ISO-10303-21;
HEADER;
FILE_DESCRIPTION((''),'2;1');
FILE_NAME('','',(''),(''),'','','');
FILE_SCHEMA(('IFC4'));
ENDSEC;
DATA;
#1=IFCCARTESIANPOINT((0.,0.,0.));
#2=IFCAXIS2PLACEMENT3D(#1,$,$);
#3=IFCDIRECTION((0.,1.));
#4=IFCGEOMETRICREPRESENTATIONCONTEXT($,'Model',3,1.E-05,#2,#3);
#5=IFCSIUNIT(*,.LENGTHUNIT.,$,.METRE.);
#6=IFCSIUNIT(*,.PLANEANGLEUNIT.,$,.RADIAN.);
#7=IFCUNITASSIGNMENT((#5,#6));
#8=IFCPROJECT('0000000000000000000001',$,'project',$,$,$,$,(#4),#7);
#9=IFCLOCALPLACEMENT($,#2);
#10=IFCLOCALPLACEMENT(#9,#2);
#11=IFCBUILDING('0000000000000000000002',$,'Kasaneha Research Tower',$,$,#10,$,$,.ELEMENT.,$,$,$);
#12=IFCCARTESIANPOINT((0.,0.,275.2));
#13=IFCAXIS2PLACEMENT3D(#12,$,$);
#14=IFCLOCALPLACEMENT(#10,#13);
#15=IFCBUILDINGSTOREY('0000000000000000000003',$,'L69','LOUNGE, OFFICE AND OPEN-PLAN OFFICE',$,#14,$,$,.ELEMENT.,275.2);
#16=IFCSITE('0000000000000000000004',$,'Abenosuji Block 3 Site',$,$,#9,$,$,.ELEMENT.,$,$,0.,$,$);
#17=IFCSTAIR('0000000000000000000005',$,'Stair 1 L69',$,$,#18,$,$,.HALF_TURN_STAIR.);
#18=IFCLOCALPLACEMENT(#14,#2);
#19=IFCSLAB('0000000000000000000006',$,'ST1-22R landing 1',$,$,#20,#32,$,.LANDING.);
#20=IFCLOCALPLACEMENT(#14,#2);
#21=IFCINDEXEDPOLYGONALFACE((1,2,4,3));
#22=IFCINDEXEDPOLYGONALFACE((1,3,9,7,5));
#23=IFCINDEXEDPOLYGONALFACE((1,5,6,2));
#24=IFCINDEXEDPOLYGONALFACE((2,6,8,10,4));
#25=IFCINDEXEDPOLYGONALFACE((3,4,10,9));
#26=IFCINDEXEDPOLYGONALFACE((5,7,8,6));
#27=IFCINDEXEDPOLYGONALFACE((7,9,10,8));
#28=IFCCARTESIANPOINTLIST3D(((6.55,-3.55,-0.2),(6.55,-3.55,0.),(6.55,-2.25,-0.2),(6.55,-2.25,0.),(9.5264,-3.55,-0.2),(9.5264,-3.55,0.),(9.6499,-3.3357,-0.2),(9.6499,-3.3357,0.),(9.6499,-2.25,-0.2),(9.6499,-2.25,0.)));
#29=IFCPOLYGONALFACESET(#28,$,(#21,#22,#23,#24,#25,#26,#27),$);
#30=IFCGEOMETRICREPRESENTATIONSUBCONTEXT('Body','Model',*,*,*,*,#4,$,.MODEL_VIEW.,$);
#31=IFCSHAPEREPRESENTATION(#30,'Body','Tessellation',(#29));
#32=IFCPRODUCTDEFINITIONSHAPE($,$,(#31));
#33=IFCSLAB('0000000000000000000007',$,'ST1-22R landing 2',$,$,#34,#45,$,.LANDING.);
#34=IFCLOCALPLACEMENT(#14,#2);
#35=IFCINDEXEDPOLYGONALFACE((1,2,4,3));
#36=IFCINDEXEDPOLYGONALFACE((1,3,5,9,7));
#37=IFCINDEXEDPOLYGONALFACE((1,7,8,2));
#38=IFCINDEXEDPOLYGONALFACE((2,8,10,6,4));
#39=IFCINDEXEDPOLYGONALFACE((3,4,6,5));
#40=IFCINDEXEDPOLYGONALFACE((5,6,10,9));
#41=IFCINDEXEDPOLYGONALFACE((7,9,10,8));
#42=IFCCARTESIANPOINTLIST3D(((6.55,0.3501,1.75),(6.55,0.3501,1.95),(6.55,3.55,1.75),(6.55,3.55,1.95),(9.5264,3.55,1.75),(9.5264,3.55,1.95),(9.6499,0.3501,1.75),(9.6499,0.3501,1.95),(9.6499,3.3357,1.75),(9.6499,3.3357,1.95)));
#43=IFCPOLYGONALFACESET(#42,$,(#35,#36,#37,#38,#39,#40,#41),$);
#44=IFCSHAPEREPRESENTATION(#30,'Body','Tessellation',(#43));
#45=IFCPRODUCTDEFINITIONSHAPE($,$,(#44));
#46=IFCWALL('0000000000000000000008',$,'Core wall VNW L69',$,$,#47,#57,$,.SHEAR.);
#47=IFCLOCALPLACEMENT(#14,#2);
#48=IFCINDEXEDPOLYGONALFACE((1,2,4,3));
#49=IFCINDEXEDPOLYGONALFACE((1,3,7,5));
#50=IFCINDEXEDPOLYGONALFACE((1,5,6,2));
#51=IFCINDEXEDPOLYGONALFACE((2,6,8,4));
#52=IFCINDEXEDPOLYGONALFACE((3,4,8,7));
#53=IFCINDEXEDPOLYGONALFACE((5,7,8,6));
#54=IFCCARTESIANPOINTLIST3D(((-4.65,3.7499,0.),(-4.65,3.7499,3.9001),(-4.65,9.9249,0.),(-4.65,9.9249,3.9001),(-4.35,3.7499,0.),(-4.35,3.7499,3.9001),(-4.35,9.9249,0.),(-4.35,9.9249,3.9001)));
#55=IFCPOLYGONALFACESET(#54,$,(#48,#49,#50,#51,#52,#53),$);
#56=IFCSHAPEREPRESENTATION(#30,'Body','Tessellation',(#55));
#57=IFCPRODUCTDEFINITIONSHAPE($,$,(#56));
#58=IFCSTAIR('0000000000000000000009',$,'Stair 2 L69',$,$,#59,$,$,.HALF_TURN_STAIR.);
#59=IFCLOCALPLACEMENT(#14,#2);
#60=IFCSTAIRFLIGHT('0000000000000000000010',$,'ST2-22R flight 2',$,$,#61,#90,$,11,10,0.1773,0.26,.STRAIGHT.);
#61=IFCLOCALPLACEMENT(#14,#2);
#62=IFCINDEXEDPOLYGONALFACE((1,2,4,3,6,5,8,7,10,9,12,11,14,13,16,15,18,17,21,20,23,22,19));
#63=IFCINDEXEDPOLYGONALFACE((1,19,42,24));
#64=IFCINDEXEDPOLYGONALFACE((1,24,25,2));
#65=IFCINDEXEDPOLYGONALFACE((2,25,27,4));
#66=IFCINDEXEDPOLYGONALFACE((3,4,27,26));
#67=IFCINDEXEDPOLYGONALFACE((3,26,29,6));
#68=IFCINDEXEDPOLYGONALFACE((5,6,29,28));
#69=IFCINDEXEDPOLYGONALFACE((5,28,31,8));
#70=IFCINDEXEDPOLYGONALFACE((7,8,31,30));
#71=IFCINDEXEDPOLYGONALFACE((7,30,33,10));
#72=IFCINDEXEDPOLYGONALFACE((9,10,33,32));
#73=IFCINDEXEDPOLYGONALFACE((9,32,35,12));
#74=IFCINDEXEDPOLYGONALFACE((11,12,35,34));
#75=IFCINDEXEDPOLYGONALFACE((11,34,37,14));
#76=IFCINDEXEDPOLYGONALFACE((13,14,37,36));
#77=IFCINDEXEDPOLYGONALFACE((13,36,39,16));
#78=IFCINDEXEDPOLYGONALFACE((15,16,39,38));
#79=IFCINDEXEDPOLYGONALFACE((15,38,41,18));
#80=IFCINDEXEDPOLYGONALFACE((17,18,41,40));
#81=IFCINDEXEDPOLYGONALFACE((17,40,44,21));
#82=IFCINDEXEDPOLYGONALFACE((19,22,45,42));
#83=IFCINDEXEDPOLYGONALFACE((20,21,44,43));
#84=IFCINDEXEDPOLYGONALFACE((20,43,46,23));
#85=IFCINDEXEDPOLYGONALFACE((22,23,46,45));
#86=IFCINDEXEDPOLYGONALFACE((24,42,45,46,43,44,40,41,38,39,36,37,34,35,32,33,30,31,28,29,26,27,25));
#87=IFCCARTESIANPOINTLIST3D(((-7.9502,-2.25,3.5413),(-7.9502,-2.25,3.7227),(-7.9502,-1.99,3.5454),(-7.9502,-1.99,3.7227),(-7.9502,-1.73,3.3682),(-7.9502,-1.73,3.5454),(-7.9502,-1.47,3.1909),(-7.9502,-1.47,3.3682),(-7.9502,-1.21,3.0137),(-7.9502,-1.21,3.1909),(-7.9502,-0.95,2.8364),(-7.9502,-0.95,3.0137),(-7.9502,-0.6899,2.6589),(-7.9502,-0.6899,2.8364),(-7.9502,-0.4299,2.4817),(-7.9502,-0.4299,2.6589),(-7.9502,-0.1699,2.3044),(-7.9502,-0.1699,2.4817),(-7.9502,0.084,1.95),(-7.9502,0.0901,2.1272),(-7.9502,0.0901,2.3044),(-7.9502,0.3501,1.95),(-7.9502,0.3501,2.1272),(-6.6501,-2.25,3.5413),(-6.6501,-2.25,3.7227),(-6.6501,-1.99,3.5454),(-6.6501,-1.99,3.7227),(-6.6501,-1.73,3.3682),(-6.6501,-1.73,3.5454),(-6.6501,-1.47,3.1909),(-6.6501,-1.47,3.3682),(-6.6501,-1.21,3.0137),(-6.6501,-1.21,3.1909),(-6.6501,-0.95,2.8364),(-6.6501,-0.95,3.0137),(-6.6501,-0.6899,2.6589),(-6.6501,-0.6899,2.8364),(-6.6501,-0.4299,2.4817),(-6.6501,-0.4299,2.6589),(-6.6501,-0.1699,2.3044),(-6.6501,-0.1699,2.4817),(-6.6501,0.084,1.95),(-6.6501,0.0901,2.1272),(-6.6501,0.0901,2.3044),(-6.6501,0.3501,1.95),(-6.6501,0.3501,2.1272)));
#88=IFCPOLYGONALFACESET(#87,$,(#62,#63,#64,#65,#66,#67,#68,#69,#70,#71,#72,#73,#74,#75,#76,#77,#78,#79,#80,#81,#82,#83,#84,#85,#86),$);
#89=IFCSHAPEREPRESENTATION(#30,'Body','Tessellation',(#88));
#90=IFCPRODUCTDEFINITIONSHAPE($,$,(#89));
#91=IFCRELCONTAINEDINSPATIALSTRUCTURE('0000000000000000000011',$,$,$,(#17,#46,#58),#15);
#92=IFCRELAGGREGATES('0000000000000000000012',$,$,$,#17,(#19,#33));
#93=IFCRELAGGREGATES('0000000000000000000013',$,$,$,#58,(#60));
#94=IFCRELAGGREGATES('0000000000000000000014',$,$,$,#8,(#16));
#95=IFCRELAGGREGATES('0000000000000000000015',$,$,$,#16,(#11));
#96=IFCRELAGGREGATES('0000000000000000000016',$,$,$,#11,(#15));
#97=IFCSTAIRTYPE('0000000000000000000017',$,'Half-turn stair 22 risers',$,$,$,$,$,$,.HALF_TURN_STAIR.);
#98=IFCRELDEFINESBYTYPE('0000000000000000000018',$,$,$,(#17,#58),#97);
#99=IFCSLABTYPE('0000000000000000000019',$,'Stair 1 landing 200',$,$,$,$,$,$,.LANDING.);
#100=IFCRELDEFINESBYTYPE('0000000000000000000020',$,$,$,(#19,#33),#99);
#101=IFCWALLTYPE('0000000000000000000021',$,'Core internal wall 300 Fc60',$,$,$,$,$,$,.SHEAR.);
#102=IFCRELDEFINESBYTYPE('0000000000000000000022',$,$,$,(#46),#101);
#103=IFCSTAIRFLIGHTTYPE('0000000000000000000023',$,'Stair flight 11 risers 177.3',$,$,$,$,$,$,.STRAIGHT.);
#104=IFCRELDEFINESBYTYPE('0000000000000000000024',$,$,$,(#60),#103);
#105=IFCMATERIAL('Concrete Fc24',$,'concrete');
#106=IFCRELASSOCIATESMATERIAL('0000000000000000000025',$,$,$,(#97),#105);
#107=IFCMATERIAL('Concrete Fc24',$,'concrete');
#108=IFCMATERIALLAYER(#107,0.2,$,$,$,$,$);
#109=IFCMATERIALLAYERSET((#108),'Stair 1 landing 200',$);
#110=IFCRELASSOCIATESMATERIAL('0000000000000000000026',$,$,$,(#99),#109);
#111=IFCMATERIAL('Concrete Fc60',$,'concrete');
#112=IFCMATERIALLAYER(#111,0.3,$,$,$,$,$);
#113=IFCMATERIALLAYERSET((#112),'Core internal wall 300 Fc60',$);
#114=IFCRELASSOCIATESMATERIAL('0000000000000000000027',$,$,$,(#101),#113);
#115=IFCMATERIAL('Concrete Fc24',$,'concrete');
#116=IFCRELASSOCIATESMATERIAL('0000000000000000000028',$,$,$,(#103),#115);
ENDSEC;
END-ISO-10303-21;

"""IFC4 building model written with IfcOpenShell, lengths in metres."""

from ifc_helpers import new_model, si_unit, direction, frame, frame_2d, origin, place, context, subcontext, project, spatial, polyline, rectangle, outline, extrude, material, layer, layer_set, type_object, element, aggregate, save


model = new_model("IFC4")

# Units and contexts
model_context = context("Model", 3, precision=1e-05, world=origin(), true_north=direction((0.0, 1.0)))
body_context = subcontext(model_context, "Body", "Model", "MODEL_VIEW")
ifc_project = project(units=[si_unit("LENGTHUNIT", "METRE"), si_unit("PLANEANGLEUNIT", "RADIAN")], contexts=[model_context])

# Site, building, storey
site_placement = place(None, origin())
site = spatial("IfcSite", under=ifc_project, at=site_placement, Name="Abenosuji Block 3 Site", CompositionType="ELEMENT", RefElevation=0.0)
building_placement = place(site_placement, origin())
building = spatial("IfcBuilding", under=site, at=building_placement, Name="Kasaneha Research Tower", CompositionType="ELEMENT")
storey_placement = place(building_placement, frame((0.0, 0.0, 275.2)))
storey = spatial("IfcBuildingStorey", under=building, at=storey_placement, Name="L69", Description="LOUNGE, OFFICE AND OPEN-PLAN OFFICE", CompositionType="ELEMENT", Elevation=275.2)

# Stair, slabs
ifc_material_1 = material(Name="Concrete Fc24", Category="concrete")
stair_type = type_object("IfcStairType", Name="Half-turn stair 22 risers", PredefinedType="HALF_TURN_STAIR", material=ifc_material_1)
stair_1_placement = place(storey_placement, origin())
stair_1 = element("IfcStair", 1, at=stair_1_placement, inside=storey, type_object=stair_type, Name="Stair 1 L69", PredefinedType="HALF_TURN_STAIR")
ifc_material_2 = material(Name="Concrete Fc24", Category="concrete")
ifc_layer_1 = layer(ifc_material_2, 0.2)
ifc_layer_set_1 = layer_set([ifc_layer_1], Name="Stair 1 landing 200")
slab_type = type_object("IfcSlabType", Name="Stair 1 landing 200", PredefinedType="LANDING", material=ifc_layer_set_1)
slab_1_placement = place(storey_placement, frame((0.0, 0.0, -0.2)))
slab_1 = element("IfcSlab", 2, at=slab_1_placement, type_object=slab_type, Name="ST1-22R landing 1", PredefinedType="LANDING", context=body_context, shape_type="SweptSolid", body=[
    extrude(outline(polyline([(9.5264, -3.55), (6.55, -3.55), (6.55, -2.25), (9.6499, -2.25), (9.6499, -3.3357), (9.5264, -3.55)])), origin(), (0.0, 0.0, 1.0), 0.2),
])
slab_2_placement = place(storey_placement, frame((0.0, 0.0, 1.75)))
slab_2 = element("IfcSlab", 3, at=slab_2_placement, type_object=slab_type, Name="ST1-22R landing 2", PredefinedType="LANDING", context=body_context, shape_type="SweptSolid", body=[
    extrude(outline(polyline([(6.55, 3.55), (9.5264, 3.55), (9.6499, 3.3357), (9.6499, 0.3501), (6.55, 0.3501), (6.55, 3.55)])), origin(), (0.0, 0.0, 1.0), 0.2),
])
aggregate(stair_1, [slab_1, slab_2])

# Wall
ifc_material_3 = material(Name="Concrete Fc60", Category="concrete")
ifc_layer_2 = layer(ifc_material_3, 0.3)
ifc_layer_set_2 = layer_set([ifc_layer_2], Name="Core internal wall 300 Fc60")
wall_type = type_object("IfcWallType", Name="Core internal wall 300 Fc60", PredefinedType="SHEAR", material=ifc_layer_set_2)
wall_placement = place(storey_placement, frame((-4.5, 3.75, 0.0), z_axis=(0.0, 0.0, 1.0), x_axis=(0.0, 1.0, 0.0)))
element("IfcWall", 4, at=wall_placement, inside=storey, type_object=wall_type, Name="Core wall VNW L69", PredefinedType="SHEAR", context=body_context, shape_type="SweptSolid", body=[
    extrude(rectangle(XDim=6.175, YDim=0.3, at=frame_2d((3.0874, 0.0))), origin(), (0.0, 0.0, 1.0), 3.9001),
])

# Stair, stair flight
stair_2_placement = place(storey_placement, origin())
stair_2 = element("IfcStair", 5, at=stair_2_placement, inside=storey, type_object=stair_type, Name="Stair 2 L69", PredefinedType="HALF_TURN_STAIR")
ifc_material_4 = material(Name="Concrete Fc24", Category="concrete")
stair_flight_type = type_object("IfcStairFlightType", Name="Stair flight 11 risers 177.3", PredefinedType="STRAIGHT", material=ifc_material_4)
stair_flight_placement = place(storey_placement, frame((-7.3, 0.3501, 1.95), z_axis=(0.0, 0.0, 1.0), x_axis=(0.0, -1.0, 0.0)))
stair_flight = element("IfcStairFlight", 6, at=stair_flight_placement, type_object=stair_flight_type, Name="ST2-22R flight 2", NumberOfRisers=11, NumberOfTreads=10, PredefinedType="STRAIGHT", RiserHeight=0.1773, TreadLength=0.26, context=body_context, shape_type="SweptSolid", body=[
    extrude(outline(polyline([(0.0, 0.0), (0.0, 0.1772), (0.26, 0.1772), (0.26, 0.3545), (0.52, 0.3545), (0.52, 0.5317), (0.78, 0.5317), (0.78, 0.709), (1.04, 0.709), (1.04, 0.8865), (1.3, 0.8865), (1.3, 1.0637), (1.5601, 1.0637), (1.5601, 1.241), (1.8201, 1.241), (1.8201, 1.4182), (2.0801, 1.4182), (2.0801, 1.5955), (2.3401, 1.5955), (2.3401, 1.7727), (2.6001, 1.7727), (2.6001, 1.95), (2.6001, 1.5913), (0.2661, 0.0), (0.0, 0.0)])), frame((0.0, 0.6499, 0.0), z_axis=(0.0, -1.0, 0.0), x_axis=(1.0, 0.0, 0.0)), (0.0, 0.0, 1.0), 1.3),
])
aggregate(stair_2, [stair_flight])

save(model, "model.ifc")
